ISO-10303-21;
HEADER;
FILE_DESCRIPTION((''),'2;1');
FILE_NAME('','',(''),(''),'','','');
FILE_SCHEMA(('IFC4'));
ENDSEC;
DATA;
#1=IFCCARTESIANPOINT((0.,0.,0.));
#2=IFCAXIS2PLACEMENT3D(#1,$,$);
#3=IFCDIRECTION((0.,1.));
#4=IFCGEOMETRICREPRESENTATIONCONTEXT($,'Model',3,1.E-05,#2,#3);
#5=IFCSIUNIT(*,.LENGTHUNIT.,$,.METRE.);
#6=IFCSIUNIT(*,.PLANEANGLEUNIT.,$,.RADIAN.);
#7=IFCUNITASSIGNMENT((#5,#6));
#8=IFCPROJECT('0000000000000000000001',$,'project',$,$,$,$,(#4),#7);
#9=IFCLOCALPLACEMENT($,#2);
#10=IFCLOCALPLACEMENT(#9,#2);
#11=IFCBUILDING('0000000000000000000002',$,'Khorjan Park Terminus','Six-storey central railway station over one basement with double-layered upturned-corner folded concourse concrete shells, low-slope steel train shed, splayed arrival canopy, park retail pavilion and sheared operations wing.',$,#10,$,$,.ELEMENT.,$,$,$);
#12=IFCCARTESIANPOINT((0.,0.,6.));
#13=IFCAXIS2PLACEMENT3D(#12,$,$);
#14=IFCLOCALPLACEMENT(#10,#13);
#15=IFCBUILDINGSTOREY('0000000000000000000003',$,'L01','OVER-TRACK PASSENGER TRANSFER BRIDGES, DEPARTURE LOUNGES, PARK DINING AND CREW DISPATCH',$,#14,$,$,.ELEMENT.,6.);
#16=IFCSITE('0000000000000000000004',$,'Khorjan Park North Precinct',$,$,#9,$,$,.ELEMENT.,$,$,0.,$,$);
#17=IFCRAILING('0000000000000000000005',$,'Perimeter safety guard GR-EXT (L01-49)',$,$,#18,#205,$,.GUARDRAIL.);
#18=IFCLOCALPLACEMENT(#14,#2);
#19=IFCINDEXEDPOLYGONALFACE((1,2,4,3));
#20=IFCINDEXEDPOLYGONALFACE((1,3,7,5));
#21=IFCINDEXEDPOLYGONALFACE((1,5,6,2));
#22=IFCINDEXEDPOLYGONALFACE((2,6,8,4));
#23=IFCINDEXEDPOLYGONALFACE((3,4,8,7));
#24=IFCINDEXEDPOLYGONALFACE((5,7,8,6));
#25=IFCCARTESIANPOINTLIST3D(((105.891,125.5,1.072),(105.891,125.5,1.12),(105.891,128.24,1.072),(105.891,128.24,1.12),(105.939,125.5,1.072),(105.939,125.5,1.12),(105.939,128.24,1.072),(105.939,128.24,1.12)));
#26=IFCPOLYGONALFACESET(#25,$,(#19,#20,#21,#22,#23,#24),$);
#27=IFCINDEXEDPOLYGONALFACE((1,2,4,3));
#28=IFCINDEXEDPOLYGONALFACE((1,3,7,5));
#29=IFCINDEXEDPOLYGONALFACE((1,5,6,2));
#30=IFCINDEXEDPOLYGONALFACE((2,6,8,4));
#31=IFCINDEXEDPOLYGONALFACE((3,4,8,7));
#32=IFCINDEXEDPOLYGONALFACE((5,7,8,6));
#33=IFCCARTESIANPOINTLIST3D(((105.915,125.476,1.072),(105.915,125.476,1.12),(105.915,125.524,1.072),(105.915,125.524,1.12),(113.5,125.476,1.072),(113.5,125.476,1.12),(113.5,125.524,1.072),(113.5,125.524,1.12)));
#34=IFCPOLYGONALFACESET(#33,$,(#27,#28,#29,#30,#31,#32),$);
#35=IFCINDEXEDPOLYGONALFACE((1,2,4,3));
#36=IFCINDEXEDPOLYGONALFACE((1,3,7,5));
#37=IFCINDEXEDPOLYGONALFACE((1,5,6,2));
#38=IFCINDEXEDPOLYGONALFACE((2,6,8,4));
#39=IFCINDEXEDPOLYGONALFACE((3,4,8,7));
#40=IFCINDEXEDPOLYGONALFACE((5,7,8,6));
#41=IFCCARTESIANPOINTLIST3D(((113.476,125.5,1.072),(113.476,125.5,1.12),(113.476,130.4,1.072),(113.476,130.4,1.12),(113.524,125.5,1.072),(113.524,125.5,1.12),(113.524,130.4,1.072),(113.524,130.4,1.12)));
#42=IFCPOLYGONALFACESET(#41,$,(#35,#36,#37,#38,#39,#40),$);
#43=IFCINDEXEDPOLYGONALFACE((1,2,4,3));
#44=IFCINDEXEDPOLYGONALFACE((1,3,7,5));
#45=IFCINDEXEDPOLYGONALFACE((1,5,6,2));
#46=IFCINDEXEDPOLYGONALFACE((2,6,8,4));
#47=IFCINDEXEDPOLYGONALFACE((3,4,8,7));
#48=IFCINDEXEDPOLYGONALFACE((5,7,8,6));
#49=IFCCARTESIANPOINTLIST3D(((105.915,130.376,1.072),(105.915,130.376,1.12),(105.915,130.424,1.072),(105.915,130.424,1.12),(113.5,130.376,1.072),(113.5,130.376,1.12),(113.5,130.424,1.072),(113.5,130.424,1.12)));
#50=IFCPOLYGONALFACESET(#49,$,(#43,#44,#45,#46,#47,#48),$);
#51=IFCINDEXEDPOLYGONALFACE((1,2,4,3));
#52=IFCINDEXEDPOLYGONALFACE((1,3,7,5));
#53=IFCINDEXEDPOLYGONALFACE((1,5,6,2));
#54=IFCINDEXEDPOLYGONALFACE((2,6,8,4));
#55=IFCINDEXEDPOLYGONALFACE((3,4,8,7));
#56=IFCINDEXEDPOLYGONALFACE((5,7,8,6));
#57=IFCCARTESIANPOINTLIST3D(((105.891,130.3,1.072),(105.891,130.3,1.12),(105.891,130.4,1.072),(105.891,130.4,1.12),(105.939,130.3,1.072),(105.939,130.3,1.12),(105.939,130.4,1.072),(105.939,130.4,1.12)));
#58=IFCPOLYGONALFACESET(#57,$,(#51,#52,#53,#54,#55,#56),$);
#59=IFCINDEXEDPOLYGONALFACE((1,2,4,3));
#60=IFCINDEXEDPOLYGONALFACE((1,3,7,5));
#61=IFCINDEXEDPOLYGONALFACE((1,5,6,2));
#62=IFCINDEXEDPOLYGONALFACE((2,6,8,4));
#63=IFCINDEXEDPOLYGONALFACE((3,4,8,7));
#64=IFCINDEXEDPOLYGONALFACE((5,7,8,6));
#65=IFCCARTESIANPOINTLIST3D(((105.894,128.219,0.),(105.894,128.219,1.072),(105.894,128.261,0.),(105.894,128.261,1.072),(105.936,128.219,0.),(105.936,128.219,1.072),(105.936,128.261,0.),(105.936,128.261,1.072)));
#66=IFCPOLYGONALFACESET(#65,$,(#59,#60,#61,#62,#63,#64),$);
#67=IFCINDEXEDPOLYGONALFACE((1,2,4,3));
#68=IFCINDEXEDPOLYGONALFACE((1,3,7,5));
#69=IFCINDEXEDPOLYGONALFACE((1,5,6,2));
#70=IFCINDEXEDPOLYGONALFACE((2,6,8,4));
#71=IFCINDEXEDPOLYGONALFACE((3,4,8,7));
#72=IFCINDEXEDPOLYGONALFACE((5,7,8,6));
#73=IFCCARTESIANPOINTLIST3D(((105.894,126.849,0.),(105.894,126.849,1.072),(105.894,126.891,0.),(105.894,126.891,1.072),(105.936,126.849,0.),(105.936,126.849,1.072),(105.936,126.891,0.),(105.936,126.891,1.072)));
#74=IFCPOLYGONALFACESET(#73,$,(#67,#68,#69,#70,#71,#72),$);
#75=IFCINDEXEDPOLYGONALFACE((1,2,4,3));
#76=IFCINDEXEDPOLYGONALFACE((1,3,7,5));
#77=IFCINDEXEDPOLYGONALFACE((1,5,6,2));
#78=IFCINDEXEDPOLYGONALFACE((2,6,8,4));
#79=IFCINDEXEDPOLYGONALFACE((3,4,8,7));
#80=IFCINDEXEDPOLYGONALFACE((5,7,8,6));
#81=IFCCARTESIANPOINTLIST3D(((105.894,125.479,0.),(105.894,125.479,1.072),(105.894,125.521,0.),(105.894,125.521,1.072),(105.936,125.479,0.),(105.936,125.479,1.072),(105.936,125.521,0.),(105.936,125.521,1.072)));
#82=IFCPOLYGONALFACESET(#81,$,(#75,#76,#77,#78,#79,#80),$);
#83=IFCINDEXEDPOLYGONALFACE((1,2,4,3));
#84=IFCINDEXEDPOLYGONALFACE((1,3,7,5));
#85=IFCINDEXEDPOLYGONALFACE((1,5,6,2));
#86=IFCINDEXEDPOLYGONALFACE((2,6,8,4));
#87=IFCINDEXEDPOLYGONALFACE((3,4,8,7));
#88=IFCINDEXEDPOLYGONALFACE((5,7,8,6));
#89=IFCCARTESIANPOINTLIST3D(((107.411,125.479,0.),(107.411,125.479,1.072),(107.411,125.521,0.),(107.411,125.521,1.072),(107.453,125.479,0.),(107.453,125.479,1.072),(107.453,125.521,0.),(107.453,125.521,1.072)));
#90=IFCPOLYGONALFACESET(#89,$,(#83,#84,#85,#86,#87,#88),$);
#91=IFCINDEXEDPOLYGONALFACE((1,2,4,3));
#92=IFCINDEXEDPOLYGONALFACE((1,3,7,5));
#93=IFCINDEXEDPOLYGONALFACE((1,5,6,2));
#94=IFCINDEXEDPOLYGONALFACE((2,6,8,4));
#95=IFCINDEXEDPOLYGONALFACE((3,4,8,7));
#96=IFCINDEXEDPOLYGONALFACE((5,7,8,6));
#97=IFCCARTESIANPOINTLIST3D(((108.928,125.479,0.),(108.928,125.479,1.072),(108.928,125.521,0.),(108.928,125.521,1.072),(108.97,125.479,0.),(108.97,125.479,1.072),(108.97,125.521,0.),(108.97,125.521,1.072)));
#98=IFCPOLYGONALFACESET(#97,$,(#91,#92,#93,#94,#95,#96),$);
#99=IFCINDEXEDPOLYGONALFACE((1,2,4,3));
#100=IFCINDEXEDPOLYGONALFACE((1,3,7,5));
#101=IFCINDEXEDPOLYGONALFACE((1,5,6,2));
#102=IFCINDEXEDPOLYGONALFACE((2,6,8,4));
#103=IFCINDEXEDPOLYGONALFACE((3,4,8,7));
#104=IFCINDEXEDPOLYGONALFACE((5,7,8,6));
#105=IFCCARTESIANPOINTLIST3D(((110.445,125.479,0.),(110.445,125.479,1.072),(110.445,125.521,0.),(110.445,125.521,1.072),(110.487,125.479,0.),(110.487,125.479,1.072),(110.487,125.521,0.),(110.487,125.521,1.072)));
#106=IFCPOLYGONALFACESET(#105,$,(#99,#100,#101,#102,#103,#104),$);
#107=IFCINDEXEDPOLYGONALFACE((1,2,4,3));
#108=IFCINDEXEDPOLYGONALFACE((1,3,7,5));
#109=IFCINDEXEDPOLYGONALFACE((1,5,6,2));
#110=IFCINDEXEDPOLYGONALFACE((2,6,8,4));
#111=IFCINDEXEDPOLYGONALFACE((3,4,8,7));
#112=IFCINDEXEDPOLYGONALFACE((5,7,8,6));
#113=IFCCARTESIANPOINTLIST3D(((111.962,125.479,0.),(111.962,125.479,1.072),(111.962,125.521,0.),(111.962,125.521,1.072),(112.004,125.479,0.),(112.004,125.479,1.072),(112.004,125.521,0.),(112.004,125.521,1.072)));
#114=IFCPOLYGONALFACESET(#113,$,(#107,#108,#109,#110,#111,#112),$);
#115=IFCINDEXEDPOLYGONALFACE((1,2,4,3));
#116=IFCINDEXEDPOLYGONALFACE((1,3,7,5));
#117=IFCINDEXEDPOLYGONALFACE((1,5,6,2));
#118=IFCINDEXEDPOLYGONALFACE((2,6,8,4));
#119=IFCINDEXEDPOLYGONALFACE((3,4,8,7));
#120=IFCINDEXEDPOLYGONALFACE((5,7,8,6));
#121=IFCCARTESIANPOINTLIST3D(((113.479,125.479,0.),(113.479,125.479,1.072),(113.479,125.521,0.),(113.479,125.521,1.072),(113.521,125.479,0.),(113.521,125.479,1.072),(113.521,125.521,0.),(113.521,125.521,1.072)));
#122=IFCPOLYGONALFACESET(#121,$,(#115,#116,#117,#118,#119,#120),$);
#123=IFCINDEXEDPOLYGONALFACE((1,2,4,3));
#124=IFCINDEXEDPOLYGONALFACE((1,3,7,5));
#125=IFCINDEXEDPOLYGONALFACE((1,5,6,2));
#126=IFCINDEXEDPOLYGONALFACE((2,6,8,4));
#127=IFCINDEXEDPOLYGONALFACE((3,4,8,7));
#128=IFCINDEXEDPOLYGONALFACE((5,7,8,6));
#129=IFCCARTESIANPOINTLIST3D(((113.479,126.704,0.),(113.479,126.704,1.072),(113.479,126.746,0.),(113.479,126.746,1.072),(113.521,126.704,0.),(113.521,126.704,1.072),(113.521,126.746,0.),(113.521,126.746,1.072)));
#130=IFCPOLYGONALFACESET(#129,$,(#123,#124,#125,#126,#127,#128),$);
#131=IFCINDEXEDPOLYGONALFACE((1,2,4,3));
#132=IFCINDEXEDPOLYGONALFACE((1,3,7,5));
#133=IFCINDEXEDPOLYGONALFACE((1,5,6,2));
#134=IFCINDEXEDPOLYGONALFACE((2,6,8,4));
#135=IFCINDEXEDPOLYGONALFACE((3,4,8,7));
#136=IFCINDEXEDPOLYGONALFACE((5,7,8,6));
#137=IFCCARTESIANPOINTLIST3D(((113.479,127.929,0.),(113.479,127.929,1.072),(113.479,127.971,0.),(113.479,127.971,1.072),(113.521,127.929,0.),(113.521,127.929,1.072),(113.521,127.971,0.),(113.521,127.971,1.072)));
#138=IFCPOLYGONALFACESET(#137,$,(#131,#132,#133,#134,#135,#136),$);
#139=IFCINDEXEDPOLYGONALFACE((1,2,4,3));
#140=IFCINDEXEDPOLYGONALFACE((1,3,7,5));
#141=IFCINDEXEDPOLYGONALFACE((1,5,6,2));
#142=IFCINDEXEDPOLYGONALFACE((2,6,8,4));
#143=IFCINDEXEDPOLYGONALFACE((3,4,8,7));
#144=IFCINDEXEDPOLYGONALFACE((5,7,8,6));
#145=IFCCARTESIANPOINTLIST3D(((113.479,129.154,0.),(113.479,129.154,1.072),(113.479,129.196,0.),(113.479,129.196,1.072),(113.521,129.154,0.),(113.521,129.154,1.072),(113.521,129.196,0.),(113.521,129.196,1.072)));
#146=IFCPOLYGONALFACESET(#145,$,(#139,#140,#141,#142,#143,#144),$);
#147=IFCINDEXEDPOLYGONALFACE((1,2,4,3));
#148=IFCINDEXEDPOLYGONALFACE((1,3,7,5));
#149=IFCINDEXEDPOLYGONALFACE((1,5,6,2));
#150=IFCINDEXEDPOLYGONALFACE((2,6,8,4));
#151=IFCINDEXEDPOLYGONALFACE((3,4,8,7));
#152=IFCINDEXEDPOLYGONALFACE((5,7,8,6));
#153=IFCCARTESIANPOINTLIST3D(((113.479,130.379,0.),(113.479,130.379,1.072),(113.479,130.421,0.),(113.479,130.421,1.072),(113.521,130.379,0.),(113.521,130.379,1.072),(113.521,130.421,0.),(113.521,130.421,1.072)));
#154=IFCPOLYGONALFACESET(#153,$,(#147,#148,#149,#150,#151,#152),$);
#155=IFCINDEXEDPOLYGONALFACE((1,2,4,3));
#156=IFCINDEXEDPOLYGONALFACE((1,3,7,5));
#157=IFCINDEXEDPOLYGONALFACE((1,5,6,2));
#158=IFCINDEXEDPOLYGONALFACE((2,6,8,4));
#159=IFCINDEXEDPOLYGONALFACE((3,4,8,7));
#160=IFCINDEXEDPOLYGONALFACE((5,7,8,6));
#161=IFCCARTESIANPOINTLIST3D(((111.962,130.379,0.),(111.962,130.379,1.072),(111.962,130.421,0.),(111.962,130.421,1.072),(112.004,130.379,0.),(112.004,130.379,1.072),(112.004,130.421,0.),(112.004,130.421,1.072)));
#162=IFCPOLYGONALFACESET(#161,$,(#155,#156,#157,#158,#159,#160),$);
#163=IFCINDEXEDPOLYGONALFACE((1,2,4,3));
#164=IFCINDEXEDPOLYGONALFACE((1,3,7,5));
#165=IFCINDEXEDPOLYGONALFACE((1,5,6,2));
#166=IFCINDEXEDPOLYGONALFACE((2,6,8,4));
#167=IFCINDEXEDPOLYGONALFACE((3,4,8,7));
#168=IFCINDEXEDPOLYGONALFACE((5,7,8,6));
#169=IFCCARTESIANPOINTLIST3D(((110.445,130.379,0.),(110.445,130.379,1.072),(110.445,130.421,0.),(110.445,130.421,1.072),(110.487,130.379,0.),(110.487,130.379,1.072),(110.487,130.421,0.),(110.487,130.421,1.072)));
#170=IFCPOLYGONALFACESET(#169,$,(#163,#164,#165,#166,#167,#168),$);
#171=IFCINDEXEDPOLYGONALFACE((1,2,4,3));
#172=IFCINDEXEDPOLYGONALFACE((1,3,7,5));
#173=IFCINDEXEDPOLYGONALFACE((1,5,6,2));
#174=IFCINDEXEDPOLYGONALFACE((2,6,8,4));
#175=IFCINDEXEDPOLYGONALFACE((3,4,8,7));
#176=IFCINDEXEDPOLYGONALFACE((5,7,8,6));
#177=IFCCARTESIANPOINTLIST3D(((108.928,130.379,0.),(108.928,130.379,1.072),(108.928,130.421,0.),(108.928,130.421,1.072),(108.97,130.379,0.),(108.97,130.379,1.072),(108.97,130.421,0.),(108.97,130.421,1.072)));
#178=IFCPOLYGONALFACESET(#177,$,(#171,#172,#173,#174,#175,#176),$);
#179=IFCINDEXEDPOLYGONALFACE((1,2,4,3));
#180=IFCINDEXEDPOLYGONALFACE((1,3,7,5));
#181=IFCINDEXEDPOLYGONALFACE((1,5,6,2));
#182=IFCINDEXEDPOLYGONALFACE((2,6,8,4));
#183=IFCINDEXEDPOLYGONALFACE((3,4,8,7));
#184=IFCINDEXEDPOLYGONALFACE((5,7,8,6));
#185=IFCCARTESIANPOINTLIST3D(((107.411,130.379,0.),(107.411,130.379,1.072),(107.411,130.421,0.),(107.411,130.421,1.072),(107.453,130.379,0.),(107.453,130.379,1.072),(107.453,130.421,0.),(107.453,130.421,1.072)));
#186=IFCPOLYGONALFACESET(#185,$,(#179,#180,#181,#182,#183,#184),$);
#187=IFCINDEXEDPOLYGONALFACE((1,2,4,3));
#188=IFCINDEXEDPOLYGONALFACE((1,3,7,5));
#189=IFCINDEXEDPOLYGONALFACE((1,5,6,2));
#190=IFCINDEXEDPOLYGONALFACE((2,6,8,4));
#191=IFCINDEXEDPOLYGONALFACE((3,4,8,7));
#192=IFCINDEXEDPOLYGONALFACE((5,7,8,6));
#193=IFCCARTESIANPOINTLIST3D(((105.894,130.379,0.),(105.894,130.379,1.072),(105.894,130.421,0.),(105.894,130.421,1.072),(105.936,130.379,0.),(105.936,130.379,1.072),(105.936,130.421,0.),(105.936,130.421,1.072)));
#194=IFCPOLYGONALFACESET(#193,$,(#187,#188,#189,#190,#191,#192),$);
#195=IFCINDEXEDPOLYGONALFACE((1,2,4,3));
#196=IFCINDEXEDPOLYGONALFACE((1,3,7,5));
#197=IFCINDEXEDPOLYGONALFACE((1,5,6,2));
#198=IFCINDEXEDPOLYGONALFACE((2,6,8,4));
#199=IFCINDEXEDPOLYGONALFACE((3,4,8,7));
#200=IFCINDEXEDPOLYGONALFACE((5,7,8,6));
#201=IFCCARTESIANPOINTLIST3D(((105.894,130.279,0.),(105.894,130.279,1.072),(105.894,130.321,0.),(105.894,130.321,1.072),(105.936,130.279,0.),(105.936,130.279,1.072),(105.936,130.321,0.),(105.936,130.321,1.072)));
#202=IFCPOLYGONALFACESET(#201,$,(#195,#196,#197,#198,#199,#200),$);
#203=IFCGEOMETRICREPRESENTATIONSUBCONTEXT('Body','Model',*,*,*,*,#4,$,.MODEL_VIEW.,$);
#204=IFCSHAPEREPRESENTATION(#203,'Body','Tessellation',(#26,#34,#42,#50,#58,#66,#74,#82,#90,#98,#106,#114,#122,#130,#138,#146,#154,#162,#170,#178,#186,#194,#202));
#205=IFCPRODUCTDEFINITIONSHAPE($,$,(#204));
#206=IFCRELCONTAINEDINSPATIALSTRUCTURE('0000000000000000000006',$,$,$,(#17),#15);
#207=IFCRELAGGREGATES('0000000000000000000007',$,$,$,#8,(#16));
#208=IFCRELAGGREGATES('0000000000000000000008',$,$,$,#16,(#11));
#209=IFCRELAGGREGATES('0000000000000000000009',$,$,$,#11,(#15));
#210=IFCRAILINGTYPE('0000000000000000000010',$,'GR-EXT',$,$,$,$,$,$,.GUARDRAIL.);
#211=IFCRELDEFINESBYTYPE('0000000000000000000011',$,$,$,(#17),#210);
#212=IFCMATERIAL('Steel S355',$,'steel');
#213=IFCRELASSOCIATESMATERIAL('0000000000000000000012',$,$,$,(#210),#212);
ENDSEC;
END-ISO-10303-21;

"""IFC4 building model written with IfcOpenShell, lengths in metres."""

from ifc_helpers import new_model, si_unit, direction, frame, origin, origin_2d, place, context, subcontext, project, spatial, rectangle, extrude, material, type_object, element, save


model = new_model("IFC4")

# Units and contexts
model_context = context("Model", 3, precision=1e-05, world=origin(), true_north=direction((0.0, 1.0)))
body_context = subcontext(model_context, "Body", "Model", "MODEL_VIEW")
ifc_project = project(units=[si_unit("LENGTHUNIT", "METRE"), si_unit("PLANEANGLEUNIT", "RADIAN")], contexts=[model_context])

# Site, building, storey
site_placement = place(None, origin())
site = spatial("IfcSite", under=ifc_project, at=site_placement, Name="Khorjan Park North Precinct", CompositionType="ELEMENT", RefElevation=0.0)
building_placement = place(site_placement, origin())
building = spatial("IfcBuilding", under=site, at=building_placement, Name="Khorjan Park Terminus", Description="Six-storey central railway station over one basement with double-layered upturned-corner folded concourse concrete shells, low-slope steel train shed, splayed arrival canopy, park retail pavilion and sheared operations wing.", CompositionType="ELEMENT")
storey_placement = place(building_placement, frame((0.0, 0.0, 6.0)))
storey = spatial("IfcBuildingStorey", under=building, at=storey_placement, Name="L01", Description="OVER-TRACK PASSENGER TRANSFER BRIDGES, DEPARTURE LOUNGES, PARK DINING AND CREW DISPATCH", CompositionType="ELEMENT", Elevation=6.0)

# Shared definitions
ifc_material_1 = material(Name="Steel S355", Category="steel")

# Railing
railing_type_1 = type_object("IfcRailingType", Name="GR-EXT", PredefinedType="GUARDRAIL", material=ifc_material_1)
railing_placement = place(storey_placement, frame((105.915, 128.24, 0.0)))
element("IfcRailing", 1, at=railing_placement, inside=storey, type_object=railing_type_1, Name="Perimeter safety guard GR-EXT (L01-49)", PredefinedType="GUARDRAIL", context=body_context, shape_type="SweptSolid", body=[
    extrude(rectangle(XDim=0.048, YDim=0.048, at=origin_2d()), frame((0.0, 0.0, 1.096), z_axis=(0.0, -1.0, 0.0), x_axis=(1.0, 0.0, 0.0)), (0.0, 0.0, 1.0), 2.74),
    extrude(rectangle(XDim=0.048, YDim=0.048, at=origin_2d()), frame((0.0, -2.74, 1.096), z_axis=(1.0, 0.0, 0.0), x_axis=(0.0, 1.0, 0.0)), (0.0, 0.0, 1.0), 7.585),
    extrude(rectangle(XDim=0.048, YDim=0.048, at=origin_2d()), frame((7.585, -2.74, 1.096), z_axis=(0.0, 1.0, 0.0), x_axis=(-1.0, 0.0, 0.0)), (0.0, 0.0, 1.0), 4.9),
    extrude(rectangle(XDim=0.048, YDim=0.048, at=origin_2d()), frame((7.585, 2.16, 1.096), z_axis=(-1.0, 0.0, 0.0), x_axis=(0.0, -1.0, 0.0)), (0.0, 0.0, 1.0), 7.585),
    extrude(rectangle(XDim=0.048, YDim=0.048, at=origin_2d()), frame((0.0, 2.16, 1.096), z_axis=(0.0, -1.0, 0.0), x_axis=(1.0, 0.0, 0.0)), (0.0, 0.0, 1.0), 0.1),
    extrude(rectangle(XDim=0.042, YDim=0.042, at=origin_2d()), origin(), (0.0, 0.0, 1.0), 1.072),
    extrude(rectangle(XDim=0.042, YDim=0.042, at=origin_2d()), frame((0.0, -1.37, 0.0)), (0.0, 0.0, 1.0), 1.072),
    extrude(rectangle(XDim=0.042, YDim=0.042, at=origin_2d()), frame((0.0, -2.74, 0.0)), (0.0, 0.0, 1.0), 1.072),
    extrude(rectangle(XDim=0.042, YDim=0.042, at=origin_2d()), frame((1.517, -2.74, 0.0)), (0.0, 0.0, 1.0), 1.072),
    extrude(rectangle(XDim=0.042, YDim=0.042, at=origin_2d()), frame((3.034, -2.74, 0.0)), (0.0, 0.0, 1.0), 1.072),
    extrude(rectangle(XDim=0.042, YDim=0.042, at=origin_2d()), frame((4.551, -2.74, 0.0)), (0.0, 0.0, 1.0), 1.072),
    extrude(rectangle(XDim=0.042, YDim=0.042, at=origin_2d()), frame((6.068, -2.74, 0.0)), (0.0, 0.0, 1.0), 1.072),
    extrude(rectangle(XDim=0.042, YDim=0.042, at=origin_2d()), frame((7.585, -2.74, 0.0)), (0.0, 0.0, 1.0), 1.072),
    extrude(rectangle(XDim=0.042, YDim=0.042, at=origin_2d()), frame((7.585, -1.515, 0.0)), (0.0, 0.0, 1.0), 1.072),
    extrude(rectangle(XDim=0.042, YDim=0.042, at=origin_2d()), frame((7.585, -0.29, 0.0)), (0.0, 0.0, 1.0), 1.072),
    extrude(rectangle(XDim=0.042, YDim=0.042, at=origin_2d()), frame((7.585, 0.935, 0.0)), (0.0, 0.0, 1.0), 1.072),
    extrude(rectangle(XDim=0.042, YDim=0.042, at=origin_2d()), frame((7.585, 2.16, 0.0)), (0.0, 0.0, 1.0), 1.072),
    extrude(rectangle(XDim=0.042, YDim=0.042, at=origin_2d()), frame((6.068, 2.16, 0.0)), (0.0, 0.0, 1.0), 1.072),
    extrude(rectangle(XDim=0.042, YDim=0.042, at=origin_2d()), frame((4.551, 2.16, 0.0)), (0.0, 0.0, 1.0), 1.072),
    extrude(rectangle(XDim=0.042, YDim=0.042, at=origin_2d()), frame((3.034, 2.16, 0.0)), (0.0, 0.0, 1.0), 1.072),
    extrude(rectangle(XDim=0.042, YDim=0.042, at=origin_2d()), frame((1.517, 2.16, 0.0)), (0.0, 0.0, 1.0), 1.072),
    extrude(rectangle(XDim=0.042, YDim=0.042, at=origin_2d()), frame((0.0, 2.16, 0.0)), (0.0, 0.0, 1.0), 1.072),
    extrude(rectangle(XDim=0.042, YDim=0.042, at=origin_2d()), frame((0.0, 2.06, 0.0)), (0.0, 0.0, 1.0), 1.072),
])

save(model, "model.ifc")
